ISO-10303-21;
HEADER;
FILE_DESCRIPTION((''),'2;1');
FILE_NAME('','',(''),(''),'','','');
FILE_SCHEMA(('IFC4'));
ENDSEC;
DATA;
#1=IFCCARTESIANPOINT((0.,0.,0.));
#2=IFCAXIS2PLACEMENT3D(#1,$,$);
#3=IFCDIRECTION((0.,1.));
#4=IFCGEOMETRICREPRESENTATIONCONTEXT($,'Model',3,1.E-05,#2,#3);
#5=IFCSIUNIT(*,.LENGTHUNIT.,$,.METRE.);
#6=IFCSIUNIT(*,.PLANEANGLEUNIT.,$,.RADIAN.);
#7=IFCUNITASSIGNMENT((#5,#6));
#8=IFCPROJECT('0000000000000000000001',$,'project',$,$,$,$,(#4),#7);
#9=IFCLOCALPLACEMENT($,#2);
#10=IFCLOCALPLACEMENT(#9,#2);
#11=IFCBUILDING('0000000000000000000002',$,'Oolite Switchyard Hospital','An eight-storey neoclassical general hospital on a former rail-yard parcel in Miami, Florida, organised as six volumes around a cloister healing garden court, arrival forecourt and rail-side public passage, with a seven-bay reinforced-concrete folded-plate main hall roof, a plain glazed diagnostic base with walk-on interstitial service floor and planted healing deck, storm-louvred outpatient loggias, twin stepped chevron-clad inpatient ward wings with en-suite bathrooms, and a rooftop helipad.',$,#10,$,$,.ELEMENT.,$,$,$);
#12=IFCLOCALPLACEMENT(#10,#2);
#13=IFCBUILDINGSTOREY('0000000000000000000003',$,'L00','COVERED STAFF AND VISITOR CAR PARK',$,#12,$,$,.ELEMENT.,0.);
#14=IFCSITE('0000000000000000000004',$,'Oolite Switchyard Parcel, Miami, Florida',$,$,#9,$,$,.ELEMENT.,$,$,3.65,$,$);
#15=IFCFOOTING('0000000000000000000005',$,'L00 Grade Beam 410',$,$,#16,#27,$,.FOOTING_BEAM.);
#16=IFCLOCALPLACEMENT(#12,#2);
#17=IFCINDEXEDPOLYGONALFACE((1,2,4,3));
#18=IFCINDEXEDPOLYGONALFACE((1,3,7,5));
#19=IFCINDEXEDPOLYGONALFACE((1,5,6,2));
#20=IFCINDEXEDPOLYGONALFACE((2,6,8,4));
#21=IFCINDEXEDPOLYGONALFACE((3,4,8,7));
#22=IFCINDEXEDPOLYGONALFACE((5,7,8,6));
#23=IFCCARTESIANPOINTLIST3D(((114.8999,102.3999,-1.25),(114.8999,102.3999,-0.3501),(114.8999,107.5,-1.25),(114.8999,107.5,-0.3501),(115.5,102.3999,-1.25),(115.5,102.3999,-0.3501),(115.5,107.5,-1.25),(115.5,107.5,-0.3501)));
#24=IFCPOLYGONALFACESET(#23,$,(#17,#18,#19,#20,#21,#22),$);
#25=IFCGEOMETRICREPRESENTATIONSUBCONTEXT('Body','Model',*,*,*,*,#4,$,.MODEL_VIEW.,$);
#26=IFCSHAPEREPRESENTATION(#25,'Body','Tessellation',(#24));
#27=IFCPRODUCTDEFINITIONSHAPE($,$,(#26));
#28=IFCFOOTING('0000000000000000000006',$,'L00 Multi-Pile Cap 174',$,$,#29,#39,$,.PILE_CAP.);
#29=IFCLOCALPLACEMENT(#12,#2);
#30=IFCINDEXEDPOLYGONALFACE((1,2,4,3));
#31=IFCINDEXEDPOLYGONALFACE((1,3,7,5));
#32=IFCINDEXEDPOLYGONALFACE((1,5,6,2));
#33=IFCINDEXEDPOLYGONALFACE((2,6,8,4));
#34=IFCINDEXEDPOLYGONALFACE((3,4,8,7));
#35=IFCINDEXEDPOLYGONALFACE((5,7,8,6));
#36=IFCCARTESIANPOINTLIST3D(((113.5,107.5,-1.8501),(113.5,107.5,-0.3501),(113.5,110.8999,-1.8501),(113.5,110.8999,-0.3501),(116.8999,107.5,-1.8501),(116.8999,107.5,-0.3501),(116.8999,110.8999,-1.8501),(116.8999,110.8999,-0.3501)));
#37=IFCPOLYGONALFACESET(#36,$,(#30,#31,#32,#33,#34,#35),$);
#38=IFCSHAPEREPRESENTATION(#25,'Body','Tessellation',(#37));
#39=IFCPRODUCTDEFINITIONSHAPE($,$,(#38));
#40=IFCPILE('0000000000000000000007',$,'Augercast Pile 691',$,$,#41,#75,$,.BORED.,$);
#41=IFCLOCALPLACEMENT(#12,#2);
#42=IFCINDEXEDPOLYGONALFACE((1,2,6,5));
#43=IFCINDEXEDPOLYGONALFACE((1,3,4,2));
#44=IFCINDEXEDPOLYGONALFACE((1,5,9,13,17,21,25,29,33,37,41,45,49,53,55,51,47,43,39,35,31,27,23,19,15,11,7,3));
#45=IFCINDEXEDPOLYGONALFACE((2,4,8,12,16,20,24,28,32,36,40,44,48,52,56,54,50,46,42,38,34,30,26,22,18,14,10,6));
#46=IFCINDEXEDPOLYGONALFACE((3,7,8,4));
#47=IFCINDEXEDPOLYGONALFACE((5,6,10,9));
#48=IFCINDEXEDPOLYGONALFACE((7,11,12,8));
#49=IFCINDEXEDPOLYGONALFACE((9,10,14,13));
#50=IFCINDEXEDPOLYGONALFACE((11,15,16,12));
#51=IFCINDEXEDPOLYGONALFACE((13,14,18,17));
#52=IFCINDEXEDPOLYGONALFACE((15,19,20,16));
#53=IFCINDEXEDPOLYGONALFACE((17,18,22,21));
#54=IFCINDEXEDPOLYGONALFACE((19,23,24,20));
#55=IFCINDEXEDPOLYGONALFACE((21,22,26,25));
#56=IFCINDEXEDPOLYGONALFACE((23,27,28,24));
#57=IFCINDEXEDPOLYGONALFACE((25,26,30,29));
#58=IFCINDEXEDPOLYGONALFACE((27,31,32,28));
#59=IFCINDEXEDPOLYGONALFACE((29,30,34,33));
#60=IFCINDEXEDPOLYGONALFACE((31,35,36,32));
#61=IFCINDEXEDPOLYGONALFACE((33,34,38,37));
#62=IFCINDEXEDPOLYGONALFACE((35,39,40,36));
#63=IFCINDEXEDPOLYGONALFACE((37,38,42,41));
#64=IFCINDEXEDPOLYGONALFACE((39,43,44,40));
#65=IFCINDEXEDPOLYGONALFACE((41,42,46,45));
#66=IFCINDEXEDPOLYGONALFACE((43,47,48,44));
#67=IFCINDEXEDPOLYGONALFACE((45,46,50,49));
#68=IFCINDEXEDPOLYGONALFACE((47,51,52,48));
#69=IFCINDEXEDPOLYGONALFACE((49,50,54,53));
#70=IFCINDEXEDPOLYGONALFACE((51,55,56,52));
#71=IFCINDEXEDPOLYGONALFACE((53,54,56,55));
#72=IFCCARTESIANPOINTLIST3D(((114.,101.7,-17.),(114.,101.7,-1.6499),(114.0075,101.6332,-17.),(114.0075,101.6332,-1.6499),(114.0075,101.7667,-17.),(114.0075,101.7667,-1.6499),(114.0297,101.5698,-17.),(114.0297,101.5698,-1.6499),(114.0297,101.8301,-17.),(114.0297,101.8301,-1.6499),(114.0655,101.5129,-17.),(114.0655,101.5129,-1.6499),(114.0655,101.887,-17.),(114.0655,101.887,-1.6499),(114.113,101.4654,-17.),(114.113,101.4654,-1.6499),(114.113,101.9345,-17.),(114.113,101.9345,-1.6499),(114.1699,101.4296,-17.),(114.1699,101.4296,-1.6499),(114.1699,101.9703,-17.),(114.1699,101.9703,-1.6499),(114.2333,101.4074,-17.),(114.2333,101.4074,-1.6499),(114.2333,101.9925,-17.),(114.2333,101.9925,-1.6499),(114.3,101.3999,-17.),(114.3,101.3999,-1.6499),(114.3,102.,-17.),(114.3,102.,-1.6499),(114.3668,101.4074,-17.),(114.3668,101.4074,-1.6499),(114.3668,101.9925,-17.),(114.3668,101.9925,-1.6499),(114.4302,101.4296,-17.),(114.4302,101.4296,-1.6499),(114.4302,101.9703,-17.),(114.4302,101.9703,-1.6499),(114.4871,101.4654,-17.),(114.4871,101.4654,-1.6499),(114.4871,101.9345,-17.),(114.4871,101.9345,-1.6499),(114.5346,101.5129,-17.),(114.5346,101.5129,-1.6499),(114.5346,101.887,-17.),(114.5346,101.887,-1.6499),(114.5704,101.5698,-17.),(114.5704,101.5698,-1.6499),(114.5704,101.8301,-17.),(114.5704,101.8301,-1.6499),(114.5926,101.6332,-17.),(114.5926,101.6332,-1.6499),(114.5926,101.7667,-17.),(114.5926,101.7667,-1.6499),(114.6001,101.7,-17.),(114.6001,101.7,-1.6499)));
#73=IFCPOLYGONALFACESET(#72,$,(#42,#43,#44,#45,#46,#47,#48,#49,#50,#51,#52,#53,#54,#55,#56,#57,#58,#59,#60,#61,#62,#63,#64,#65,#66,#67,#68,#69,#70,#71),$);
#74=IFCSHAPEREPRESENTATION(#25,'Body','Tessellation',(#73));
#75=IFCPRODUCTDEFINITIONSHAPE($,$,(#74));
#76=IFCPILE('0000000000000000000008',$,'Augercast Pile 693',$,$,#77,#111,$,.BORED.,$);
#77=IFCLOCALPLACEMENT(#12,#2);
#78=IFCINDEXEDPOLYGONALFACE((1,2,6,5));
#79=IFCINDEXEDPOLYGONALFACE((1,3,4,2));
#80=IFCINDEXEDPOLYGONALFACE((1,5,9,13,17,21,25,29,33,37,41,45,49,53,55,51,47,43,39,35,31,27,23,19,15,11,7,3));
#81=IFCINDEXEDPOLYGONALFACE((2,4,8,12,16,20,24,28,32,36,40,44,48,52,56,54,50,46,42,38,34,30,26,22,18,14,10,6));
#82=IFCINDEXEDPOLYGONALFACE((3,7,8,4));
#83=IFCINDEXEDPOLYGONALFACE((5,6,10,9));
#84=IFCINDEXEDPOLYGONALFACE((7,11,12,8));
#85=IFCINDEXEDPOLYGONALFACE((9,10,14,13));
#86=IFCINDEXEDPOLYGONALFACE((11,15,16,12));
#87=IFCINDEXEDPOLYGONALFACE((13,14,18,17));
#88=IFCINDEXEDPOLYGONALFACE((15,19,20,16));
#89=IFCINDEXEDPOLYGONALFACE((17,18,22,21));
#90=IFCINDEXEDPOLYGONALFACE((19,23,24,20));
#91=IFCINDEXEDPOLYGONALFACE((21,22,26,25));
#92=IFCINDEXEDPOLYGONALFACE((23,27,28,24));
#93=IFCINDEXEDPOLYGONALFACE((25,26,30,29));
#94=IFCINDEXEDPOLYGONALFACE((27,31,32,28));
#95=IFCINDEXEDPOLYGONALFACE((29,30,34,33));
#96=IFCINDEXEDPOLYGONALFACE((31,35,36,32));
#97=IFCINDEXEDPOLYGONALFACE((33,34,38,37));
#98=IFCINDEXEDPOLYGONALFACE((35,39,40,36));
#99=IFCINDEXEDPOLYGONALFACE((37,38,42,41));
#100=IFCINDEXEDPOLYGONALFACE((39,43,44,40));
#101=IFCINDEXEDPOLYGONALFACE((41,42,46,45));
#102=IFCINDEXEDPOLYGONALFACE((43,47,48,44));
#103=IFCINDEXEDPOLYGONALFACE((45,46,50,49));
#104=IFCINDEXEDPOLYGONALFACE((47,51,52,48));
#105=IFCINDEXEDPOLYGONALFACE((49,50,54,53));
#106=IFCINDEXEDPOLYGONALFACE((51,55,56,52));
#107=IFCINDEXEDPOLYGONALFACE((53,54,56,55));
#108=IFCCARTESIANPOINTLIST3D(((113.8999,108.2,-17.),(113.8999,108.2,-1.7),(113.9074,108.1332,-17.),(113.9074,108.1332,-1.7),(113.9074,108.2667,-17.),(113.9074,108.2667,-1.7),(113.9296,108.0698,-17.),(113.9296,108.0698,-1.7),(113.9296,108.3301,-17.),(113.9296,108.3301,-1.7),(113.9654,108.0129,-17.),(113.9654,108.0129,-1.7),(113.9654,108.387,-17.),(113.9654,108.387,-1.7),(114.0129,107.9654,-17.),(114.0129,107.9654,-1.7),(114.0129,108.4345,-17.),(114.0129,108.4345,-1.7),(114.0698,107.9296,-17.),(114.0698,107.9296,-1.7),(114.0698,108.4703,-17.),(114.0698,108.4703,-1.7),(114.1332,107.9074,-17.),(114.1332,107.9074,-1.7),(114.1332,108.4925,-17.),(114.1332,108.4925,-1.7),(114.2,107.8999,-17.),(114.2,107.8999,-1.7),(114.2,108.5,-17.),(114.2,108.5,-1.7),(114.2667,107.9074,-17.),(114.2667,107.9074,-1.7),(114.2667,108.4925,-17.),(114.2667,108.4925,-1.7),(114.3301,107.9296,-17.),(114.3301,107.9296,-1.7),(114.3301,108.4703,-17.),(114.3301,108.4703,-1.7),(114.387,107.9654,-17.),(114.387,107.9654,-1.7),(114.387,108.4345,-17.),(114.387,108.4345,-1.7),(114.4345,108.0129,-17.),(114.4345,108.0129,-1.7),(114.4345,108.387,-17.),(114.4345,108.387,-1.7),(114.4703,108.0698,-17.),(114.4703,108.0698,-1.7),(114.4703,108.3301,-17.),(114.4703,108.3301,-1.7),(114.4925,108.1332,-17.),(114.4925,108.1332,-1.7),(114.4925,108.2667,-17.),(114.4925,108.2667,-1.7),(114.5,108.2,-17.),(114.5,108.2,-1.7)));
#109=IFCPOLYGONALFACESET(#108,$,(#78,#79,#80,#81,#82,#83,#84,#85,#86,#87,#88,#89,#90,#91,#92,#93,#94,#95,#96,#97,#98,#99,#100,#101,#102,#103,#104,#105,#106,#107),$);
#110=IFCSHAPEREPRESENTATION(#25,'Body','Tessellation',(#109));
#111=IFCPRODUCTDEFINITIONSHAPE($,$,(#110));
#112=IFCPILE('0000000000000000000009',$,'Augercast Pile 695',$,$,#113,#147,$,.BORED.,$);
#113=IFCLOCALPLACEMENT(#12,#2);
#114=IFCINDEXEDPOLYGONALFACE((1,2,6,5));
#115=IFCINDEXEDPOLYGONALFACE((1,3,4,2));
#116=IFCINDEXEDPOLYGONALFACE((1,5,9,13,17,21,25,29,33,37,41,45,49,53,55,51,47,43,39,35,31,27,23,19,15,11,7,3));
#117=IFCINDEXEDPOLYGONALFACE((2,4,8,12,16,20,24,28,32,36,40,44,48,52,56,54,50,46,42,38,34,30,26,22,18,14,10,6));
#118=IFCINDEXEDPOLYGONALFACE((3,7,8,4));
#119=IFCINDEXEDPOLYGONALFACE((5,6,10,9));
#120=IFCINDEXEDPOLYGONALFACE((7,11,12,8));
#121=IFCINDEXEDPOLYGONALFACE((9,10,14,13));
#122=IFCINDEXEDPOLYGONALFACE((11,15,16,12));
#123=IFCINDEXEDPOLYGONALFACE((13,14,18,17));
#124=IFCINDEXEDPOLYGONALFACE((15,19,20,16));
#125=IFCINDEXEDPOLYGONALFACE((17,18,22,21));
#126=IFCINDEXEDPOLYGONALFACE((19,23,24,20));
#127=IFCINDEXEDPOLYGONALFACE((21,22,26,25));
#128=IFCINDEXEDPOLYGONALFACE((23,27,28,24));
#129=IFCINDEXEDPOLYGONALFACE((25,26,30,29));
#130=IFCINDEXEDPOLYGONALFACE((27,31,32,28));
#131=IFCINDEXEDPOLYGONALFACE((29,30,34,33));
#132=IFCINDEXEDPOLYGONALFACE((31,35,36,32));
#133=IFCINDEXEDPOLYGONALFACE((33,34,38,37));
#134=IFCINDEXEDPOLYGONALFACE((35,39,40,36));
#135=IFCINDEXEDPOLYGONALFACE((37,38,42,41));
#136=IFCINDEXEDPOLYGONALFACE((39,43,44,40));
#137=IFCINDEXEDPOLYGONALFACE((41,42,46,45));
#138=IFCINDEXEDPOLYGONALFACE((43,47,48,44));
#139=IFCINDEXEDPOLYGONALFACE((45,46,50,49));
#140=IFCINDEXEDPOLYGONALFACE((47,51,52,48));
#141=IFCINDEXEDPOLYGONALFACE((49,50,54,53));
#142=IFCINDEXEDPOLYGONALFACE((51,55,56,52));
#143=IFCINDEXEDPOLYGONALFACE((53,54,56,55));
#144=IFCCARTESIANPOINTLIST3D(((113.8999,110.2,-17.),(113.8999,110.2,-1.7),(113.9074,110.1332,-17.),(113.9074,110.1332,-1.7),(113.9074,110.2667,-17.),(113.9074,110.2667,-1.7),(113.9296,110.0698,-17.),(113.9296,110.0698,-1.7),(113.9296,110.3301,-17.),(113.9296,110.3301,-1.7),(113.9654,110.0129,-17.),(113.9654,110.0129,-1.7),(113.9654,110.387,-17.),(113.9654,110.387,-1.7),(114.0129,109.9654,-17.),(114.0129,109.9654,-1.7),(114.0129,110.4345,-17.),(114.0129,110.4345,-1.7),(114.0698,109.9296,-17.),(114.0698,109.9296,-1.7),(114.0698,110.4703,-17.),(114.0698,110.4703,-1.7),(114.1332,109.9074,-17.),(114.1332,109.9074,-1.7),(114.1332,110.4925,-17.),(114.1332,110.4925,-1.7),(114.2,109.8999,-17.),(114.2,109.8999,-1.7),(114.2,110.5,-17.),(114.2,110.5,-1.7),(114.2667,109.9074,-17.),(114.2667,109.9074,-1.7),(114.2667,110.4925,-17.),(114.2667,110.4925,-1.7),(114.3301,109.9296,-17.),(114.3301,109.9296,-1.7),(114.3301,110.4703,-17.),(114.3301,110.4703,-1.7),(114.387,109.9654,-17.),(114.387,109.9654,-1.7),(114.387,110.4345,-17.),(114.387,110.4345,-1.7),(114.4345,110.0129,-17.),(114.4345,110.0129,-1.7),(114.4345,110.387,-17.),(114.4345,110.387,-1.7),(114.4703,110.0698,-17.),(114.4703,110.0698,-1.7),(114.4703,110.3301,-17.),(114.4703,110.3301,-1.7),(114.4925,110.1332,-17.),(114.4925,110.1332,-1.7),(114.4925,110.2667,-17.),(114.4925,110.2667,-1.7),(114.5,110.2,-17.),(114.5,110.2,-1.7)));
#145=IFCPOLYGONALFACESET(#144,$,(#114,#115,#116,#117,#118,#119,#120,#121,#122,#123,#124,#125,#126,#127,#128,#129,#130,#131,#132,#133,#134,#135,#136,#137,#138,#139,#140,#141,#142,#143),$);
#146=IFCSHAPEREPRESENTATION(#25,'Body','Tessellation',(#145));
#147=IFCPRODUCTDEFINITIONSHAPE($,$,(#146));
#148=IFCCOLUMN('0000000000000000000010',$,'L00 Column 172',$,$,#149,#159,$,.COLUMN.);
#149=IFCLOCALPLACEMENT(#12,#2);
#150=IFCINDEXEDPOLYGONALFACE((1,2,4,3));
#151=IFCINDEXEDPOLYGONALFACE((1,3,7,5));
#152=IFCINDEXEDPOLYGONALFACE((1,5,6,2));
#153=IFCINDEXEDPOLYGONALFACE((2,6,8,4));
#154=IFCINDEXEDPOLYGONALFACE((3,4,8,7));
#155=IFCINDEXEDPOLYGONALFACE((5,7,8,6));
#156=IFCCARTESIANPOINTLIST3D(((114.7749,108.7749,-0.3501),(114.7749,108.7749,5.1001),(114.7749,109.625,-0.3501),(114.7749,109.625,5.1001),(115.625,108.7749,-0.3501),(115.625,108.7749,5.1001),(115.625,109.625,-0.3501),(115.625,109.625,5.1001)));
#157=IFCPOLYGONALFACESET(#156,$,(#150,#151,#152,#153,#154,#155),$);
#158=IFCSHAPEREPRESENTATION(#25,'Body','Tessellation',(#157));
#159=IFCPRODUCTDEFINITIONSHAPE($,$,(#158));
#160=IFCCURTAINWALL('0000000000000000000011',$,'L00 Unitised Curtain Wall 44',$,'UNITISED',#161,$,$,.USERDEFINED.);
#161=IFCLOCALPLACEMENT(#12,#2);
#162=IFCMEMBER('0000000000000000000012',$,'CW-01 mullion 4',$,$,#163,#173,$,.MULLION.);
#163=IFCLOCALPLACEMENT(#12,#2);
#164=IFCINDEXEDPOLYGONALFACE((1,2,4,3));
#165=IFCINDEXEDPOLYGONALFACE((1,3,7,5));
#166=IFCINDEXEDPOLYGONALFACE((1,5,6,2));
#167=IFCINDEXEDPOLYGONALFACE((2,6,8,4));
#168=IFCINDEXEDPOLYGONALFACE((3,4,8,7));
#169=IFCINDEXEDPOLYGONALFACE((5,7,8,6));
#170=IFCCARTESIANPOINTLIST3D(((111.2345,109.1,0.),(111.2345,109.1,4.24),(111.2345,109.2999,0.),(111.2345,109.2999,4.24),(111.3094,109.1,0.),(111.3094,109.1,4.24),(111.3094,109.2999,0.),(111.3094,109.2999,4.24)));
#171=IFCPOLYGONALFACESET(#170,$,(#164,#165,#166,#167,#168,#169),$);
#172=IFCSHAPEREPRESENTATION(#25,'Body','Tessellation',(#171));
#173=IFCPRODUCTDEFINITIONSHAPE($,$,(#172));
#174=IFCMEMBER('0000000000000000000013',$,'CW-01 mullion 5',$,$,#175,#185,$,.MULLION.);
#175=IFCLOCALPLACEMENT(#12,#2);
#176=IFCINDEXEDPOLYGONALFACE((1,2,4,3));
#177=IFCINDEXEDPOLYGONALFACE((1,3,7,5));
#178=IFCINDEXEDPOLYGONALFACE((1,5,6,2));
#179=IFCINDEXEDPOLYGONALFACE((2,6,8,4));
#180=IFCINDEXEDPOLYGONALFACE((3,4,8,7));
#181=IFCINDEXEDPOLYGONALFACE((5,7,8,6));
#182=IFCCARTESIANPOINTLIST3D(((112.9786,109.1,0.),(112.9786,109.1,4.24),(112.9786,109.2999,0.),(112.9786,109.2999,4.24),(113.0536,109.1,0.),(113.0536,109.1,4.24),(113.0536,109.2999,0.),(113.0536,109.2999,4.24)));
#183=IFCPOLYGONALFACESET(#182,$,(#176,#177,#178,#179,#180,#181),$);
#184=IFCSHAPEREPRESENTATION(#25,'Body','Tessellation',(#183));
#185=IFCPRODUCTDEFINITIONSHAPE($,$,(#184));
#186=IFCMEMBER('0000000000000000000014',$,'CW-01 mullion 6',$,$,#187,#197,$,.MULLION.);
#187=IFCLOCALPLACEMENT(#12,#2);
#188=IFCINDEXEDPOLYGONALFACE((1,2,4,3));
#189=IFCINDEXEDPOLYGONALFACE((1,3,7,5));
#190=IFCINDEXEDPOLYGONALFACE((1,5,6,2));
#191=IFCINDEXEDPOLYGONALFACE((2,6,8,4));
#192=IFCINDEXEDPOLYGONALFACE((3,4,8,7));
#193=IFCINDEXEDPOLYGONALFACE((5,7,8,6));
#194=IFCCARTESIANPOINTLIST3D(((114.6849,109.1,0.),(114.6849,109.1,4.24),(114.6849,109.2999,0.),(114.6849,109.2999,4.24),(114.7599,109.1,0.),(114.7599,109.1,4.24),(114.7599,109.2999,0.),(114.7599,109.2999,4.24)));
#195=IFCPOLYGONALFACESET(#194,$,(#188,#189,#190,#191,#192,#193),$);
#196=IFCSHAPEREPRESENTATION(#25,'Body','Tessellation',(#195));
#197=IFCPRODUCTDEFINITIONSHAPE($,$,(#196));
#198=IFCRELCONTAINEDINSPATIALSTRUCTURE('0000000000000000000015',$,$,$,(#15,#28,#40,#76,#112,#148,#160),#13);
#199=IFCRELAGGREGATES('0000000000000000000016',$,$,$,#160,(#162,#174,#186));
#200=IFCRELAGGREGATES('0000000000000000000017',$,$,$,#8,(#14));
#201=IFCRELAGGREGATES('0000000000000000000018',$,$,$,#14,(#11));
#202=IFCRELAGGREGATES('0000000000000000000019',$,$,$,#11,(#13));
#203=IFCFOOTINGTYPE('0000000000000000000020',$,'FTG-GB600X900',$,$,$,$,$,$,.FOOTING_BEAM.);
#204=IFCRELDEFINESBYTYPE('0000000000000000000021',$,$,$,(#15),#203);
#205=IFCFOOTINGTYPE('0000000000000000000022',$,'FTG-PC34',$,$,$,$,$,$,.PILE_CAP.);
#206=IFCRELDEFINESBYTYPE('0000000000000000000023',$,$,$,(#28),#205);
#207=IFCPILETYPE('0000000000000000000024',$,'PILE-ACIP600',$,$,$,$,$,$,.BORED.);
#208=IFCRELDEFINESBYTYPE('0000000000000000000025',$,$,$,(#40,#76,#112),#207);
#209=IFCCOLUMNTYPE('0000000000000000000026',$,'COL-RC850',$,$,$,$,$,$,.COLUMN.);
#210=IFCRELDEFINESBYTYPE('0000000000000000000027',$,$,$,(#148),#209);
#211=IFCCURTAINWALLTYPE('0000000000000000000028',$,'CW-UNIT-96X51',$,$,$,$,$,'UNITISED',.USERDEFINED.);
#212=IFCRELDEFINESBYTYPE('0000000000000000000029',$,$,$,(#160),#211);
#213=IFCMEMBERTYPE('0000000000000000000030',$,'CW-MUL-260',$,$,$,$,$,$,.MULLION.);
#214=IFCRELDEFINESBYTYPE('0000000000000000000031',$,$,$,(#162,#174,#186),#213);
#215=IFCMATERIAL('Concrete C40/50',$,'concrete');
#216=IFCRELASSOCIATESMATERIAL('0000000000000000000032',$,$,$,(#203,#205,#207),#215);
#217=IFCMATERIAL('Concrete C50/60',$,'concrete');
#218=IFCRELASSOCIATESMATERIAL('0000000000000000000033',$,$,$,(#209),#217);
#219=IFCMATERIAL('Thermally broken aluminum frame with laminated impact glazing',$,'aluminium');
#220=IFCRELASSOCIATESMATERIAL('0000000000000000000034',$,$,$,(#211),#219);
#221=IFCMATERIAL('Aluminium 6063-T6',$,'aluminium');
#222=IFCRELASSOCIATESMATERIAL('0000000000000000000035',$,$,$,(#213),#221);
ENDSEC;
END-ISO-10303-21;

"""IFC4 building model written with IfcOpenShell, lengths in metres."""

from ifc_helpers import new_model, si_unit, direction, frame, origin, origin_2d, place, context, subcontext, project, spatial, rectangle, circle, extrude, material, material_profile, profile_set, type_object, element, aggregate, save


model = new_model("IFC4")

# Units and contexts
model_context = context("Model", 3, precision=1e-05, world=origin(), true_north=direction((0.0, 1.0)))
body_context = subcontext(model_context, "Body", "Model", "MODEL_VIEW")
ifc_project = project(units=[si_unit("LENGTHUNIT", "METRE"), si_unit("PLANEANGLEUNIT", "RADIAN")], contexts=[model_context])

# Site, building, storey
site_placement = place(None, origin())
site = spatial("IfcSite", under=ifc_project, at=site_placement, Name="Oolite Switchyard Parcel, Miami, Florida", CompositionType="ELEMENT", RefElevation=3.65)
building_placement = place(site_placement, origin())
building = spatial("IfcBuilding", under=site, at=building_placement, Name="Oolite Switchyard Hospital", Description="An eight-storey neoclassical general hospital on a former rail-yard parcel in Miami, Florida, organised as six volumes around a cloister healing garden court, arrival forecourt and rail-side public passage, with a seven-bay reinforced-concrete folded-plate main hall roof, a plain glazed diagnostic base with walk-on interstitial service floor and planted healing deck, storm-louvred outpatient loggias, twin stepped chevron-clad inpatient ward wings with en-suite bathrooms, and a rooftop helipad.", CompositionType="ELEMENT")
storey_placement = place(building_placement, origin())
storey = spatial("IfcBuildingStorey", under=building, at=storey_placement, Name="L00", Description="COVERED STAFF AND VISITOR CAR PARK", CompositionType="ELEMENT", Elevation=0.0)

# Footings
ifc_material_1 = material(Name="Concrete C40/50", Category="concrete")
footing_type_1 = type_object("IfcFootingType", Name="FTG-GB600X900", PredefinedType="FOOTING_BEAM", material=ifc_material_1)
footing_1_placement = place(storey_placement, frame((115.2, 104.95, -1.25), z_axis=(0.0, 0.0, 1.0), x_axis=(0.0, 1.0, 0.0)))
element("IfcFooting", 1, at=footing_1_placement, inside=storey, type_object=footing_type_1, Name="L00 Grade Beam 410", PredefinedType="FOOTING_BEAM", context=body_context, shape_type="SweptSolid", body=[
    extrude(rectangle(XDim=5.1001, YDim=0.6001, at=origin_2d()), origin(), (0.0, 0.0, 1.0), 0.8999),
])
footing_type_2 = type_object("IfcFootingType", Name="FTG-PC34", PredefinedType="PILE_CAP", material=ifc_material_1)
footing_2_placement = place(storey_placement, frame((115.2, 109.2, -1.8501), z_axis=(0.0, 0.0, 1.0), x_axis=(1.0, 0.0, 0.0)))
element("IfcFooting", 2, at=footing_2_placement, inside=storey, type_object=footing_type_2, Name="L00 Multi-Pile Cap 174", PredefinedType="PILE_CAP", context=body_context, shape_type="SweptSolid", body=[
    extrude(rectangle(XDim=3.3999, YDim=3.3999, at=origin_2d()), origin(), (0.0, 0.0, 1.0), 1.5),
])

# Piles
ifc_material_profile_1 = material_profile(ifc_material_1, circle(Radius=0.3, at=origin_2d()), Name="PILE600")
ifc_profile_set_1 = profile_set([ifc_material_profile_1], Name="Concrete C40/50")
pile_type = type_object("IfcPileType", Name="PILE-ACIP600", PredefinedType="BORED", material=ifc_profile_set_1)
pile_placement = place(storey_placement, frame((114.3, 101.7, -1.6499), z_axis=(0.0, 0.0, -1.0), x_axis=(1.0, 0.0, 0.0)))
element("IfcPile", 3, at=pile_placement, inside=storey, type_object=pile_type, Name="Augercast Pile 691", PredefinedType="BORED", context=body_context, shape_type="SweptSolid", body=[
    extrude(circle(Radius=0.3, at=origin_2d()), origin(), (0.0, 0.0, 1.0), 15.3501),
])
for number, where, z_axis, x_axis, name in (
    (4, (114.2, 108.2, -1.7), (0.0, 0.0, -1.0), (1.0, 0.0, 0.0), "Augercast Pile 693"),
    (5, (114.2, 110.2, -1.7), (0.0, 0.0, -1.0), (1.0, 0.0, 0.0), "Augercast Pile 695"),
):
    element("IfcPile", number, at=place(storey_placement, frame(where, z_axis=z_axis, x_axis=x_axis)), inside=storey, type_object=pile_type, Name=name, PredefinedType="BORED", context=body_context, shape_type="SweptSolid", body=[
        extrude(circle(Radius=0.3, at=origin_2d()), origin(), (0.0, 0.0, 1.0), 15.3),
    ])

# Column
ifc_material_2 = material(Name="Concrete C50/60", Category="concrete")
ifc_material_profile_2 = material_profile(ifc_material_2, rectangle(XDim=0.8501, YDim=0.8501, at=origin_2d()), Name="RC850X850")
ifc_profile_set_2 = profile_set([ifc_material_profile_2], Name="Concrete C50/60")
column_type = type_object("IfcColumnType", Name="COL-RC850", PredefinedType="COLUMN", material=ifc_profile_set_2)
column_placement = place(storey_placement, frame((115.2, 109.2, -0.3501), z_axis=(0.0, 0.0, 1.0), x_axis=(1.0, 0.0, 0.0)))
element("IfcColumn", 6, at=column_placement, inside=storey, type_object=column_type, Name="L00 Column 172", PredefinedType="COLUMN", context=body_context, shape_type="SweptSolid", body=[
    extrude(rectangle(XDim=0.8501, YDim=0.8501, at=origin_2d()), origin(), (0.0, 0.0, 1.0), 5.4502),
])

# Curtain wall, members
ifc_material_3 = material(Name="Thermally broken aluminum frame with laminated impact glazing", Category="aluminium")
curtain_wall_type = type_object("IfcCurtainWallType", Name="CW-UNIT-96X51", ElementType="UNITISED", PredefinedType="USERDEFINED", material=ifc_material_3)
curtain_wall_placement = place(storey_placement, origin())
curtain_wall = element("IfcCurtainWall", 7, at=curtain_wall_placement, inside=storey, type_object=curtain_wall_type, Name="L00 Unitised Curtain Wall 44", ObjectType="UNITISED", PredefinedType="USERDEFINED")
ifc_material_4 = material(Name="Aluminium 6063-T6", Category="aluminium")
ifc_material_profile_3 = material_profile(ifc_material_4, rectangle(XDim=0.2, YDim=0.075, at=origin_2d()), Name="CWM75X200")
ifc_profile_set_3 = profile_set([ifc_material_profile_3], Name="Aluminium 6063-T6")
member_type_1 = type_object("IfcMemberType", Name="CW-MUL-260", PredefinedType="MULLION", material=ifc_profile_set_3)
member_1_placement = place(storey_placement, frame((111.272, 109.2, 0.0), z_axis=(0.0, 0.0, 1.0), x_axis=(0.0, 1.0, 0.0)))
member_1 = element("IfcMember", 8, at=member_1_placement, type_object=member_type_1, Name="CW-01 mullion 4", PredefinedType="MULLION", context=body_context, shape_type="SweptSolid", body=[
    extrude(rectangle(XDim=0.2, YDim=0.075, at=origin_2d()), origin(), (0.0, 0.0, 1.0), 4.24),
])
member_2_placement = place(storey_placement, frame((113.0161, 109.2, 0.0), z_axis=(0.0, 0.0, 1.0), x_axis=(0.0, 1.0, 0.0)))
member_2 = element("IfcMember", 9, at=member_2_placement, type_object=member_type_1, Name="CW-01 mullion 5", PredefinedType="MULLION", context=body_context, shape_type="SweptSolid", body=[
    extrude(rectangle(XDim=0.2, YDim=0.075, at=origin_2d()), origin(), (0.0, 0.0, 1.0), 4.24),
])
member_3_placement = place(storey_placement, frame((114.7224, 109.2, 0.0), z_axis=(0.0, 0.0, 1.0), x_axis=(0.0, 1.0, 0.0)))
member_3 = element("IfcMember", 10, at=member_3_placement, type_object=member_type_1, Name="CW-01 mullion 6", PredefinedType="MULLION", context=body_context, shape_type="SweptSolid", body=[
    extrude(rectangle(XDim=0.2, YDim=0.075, at=origin_2d()), origin(), (0.0, 0.0, 1.0), 4.24),
])
aggregate(curtain_wall, [member_1, member_2, member_3])

save(model, "model.ifc")
